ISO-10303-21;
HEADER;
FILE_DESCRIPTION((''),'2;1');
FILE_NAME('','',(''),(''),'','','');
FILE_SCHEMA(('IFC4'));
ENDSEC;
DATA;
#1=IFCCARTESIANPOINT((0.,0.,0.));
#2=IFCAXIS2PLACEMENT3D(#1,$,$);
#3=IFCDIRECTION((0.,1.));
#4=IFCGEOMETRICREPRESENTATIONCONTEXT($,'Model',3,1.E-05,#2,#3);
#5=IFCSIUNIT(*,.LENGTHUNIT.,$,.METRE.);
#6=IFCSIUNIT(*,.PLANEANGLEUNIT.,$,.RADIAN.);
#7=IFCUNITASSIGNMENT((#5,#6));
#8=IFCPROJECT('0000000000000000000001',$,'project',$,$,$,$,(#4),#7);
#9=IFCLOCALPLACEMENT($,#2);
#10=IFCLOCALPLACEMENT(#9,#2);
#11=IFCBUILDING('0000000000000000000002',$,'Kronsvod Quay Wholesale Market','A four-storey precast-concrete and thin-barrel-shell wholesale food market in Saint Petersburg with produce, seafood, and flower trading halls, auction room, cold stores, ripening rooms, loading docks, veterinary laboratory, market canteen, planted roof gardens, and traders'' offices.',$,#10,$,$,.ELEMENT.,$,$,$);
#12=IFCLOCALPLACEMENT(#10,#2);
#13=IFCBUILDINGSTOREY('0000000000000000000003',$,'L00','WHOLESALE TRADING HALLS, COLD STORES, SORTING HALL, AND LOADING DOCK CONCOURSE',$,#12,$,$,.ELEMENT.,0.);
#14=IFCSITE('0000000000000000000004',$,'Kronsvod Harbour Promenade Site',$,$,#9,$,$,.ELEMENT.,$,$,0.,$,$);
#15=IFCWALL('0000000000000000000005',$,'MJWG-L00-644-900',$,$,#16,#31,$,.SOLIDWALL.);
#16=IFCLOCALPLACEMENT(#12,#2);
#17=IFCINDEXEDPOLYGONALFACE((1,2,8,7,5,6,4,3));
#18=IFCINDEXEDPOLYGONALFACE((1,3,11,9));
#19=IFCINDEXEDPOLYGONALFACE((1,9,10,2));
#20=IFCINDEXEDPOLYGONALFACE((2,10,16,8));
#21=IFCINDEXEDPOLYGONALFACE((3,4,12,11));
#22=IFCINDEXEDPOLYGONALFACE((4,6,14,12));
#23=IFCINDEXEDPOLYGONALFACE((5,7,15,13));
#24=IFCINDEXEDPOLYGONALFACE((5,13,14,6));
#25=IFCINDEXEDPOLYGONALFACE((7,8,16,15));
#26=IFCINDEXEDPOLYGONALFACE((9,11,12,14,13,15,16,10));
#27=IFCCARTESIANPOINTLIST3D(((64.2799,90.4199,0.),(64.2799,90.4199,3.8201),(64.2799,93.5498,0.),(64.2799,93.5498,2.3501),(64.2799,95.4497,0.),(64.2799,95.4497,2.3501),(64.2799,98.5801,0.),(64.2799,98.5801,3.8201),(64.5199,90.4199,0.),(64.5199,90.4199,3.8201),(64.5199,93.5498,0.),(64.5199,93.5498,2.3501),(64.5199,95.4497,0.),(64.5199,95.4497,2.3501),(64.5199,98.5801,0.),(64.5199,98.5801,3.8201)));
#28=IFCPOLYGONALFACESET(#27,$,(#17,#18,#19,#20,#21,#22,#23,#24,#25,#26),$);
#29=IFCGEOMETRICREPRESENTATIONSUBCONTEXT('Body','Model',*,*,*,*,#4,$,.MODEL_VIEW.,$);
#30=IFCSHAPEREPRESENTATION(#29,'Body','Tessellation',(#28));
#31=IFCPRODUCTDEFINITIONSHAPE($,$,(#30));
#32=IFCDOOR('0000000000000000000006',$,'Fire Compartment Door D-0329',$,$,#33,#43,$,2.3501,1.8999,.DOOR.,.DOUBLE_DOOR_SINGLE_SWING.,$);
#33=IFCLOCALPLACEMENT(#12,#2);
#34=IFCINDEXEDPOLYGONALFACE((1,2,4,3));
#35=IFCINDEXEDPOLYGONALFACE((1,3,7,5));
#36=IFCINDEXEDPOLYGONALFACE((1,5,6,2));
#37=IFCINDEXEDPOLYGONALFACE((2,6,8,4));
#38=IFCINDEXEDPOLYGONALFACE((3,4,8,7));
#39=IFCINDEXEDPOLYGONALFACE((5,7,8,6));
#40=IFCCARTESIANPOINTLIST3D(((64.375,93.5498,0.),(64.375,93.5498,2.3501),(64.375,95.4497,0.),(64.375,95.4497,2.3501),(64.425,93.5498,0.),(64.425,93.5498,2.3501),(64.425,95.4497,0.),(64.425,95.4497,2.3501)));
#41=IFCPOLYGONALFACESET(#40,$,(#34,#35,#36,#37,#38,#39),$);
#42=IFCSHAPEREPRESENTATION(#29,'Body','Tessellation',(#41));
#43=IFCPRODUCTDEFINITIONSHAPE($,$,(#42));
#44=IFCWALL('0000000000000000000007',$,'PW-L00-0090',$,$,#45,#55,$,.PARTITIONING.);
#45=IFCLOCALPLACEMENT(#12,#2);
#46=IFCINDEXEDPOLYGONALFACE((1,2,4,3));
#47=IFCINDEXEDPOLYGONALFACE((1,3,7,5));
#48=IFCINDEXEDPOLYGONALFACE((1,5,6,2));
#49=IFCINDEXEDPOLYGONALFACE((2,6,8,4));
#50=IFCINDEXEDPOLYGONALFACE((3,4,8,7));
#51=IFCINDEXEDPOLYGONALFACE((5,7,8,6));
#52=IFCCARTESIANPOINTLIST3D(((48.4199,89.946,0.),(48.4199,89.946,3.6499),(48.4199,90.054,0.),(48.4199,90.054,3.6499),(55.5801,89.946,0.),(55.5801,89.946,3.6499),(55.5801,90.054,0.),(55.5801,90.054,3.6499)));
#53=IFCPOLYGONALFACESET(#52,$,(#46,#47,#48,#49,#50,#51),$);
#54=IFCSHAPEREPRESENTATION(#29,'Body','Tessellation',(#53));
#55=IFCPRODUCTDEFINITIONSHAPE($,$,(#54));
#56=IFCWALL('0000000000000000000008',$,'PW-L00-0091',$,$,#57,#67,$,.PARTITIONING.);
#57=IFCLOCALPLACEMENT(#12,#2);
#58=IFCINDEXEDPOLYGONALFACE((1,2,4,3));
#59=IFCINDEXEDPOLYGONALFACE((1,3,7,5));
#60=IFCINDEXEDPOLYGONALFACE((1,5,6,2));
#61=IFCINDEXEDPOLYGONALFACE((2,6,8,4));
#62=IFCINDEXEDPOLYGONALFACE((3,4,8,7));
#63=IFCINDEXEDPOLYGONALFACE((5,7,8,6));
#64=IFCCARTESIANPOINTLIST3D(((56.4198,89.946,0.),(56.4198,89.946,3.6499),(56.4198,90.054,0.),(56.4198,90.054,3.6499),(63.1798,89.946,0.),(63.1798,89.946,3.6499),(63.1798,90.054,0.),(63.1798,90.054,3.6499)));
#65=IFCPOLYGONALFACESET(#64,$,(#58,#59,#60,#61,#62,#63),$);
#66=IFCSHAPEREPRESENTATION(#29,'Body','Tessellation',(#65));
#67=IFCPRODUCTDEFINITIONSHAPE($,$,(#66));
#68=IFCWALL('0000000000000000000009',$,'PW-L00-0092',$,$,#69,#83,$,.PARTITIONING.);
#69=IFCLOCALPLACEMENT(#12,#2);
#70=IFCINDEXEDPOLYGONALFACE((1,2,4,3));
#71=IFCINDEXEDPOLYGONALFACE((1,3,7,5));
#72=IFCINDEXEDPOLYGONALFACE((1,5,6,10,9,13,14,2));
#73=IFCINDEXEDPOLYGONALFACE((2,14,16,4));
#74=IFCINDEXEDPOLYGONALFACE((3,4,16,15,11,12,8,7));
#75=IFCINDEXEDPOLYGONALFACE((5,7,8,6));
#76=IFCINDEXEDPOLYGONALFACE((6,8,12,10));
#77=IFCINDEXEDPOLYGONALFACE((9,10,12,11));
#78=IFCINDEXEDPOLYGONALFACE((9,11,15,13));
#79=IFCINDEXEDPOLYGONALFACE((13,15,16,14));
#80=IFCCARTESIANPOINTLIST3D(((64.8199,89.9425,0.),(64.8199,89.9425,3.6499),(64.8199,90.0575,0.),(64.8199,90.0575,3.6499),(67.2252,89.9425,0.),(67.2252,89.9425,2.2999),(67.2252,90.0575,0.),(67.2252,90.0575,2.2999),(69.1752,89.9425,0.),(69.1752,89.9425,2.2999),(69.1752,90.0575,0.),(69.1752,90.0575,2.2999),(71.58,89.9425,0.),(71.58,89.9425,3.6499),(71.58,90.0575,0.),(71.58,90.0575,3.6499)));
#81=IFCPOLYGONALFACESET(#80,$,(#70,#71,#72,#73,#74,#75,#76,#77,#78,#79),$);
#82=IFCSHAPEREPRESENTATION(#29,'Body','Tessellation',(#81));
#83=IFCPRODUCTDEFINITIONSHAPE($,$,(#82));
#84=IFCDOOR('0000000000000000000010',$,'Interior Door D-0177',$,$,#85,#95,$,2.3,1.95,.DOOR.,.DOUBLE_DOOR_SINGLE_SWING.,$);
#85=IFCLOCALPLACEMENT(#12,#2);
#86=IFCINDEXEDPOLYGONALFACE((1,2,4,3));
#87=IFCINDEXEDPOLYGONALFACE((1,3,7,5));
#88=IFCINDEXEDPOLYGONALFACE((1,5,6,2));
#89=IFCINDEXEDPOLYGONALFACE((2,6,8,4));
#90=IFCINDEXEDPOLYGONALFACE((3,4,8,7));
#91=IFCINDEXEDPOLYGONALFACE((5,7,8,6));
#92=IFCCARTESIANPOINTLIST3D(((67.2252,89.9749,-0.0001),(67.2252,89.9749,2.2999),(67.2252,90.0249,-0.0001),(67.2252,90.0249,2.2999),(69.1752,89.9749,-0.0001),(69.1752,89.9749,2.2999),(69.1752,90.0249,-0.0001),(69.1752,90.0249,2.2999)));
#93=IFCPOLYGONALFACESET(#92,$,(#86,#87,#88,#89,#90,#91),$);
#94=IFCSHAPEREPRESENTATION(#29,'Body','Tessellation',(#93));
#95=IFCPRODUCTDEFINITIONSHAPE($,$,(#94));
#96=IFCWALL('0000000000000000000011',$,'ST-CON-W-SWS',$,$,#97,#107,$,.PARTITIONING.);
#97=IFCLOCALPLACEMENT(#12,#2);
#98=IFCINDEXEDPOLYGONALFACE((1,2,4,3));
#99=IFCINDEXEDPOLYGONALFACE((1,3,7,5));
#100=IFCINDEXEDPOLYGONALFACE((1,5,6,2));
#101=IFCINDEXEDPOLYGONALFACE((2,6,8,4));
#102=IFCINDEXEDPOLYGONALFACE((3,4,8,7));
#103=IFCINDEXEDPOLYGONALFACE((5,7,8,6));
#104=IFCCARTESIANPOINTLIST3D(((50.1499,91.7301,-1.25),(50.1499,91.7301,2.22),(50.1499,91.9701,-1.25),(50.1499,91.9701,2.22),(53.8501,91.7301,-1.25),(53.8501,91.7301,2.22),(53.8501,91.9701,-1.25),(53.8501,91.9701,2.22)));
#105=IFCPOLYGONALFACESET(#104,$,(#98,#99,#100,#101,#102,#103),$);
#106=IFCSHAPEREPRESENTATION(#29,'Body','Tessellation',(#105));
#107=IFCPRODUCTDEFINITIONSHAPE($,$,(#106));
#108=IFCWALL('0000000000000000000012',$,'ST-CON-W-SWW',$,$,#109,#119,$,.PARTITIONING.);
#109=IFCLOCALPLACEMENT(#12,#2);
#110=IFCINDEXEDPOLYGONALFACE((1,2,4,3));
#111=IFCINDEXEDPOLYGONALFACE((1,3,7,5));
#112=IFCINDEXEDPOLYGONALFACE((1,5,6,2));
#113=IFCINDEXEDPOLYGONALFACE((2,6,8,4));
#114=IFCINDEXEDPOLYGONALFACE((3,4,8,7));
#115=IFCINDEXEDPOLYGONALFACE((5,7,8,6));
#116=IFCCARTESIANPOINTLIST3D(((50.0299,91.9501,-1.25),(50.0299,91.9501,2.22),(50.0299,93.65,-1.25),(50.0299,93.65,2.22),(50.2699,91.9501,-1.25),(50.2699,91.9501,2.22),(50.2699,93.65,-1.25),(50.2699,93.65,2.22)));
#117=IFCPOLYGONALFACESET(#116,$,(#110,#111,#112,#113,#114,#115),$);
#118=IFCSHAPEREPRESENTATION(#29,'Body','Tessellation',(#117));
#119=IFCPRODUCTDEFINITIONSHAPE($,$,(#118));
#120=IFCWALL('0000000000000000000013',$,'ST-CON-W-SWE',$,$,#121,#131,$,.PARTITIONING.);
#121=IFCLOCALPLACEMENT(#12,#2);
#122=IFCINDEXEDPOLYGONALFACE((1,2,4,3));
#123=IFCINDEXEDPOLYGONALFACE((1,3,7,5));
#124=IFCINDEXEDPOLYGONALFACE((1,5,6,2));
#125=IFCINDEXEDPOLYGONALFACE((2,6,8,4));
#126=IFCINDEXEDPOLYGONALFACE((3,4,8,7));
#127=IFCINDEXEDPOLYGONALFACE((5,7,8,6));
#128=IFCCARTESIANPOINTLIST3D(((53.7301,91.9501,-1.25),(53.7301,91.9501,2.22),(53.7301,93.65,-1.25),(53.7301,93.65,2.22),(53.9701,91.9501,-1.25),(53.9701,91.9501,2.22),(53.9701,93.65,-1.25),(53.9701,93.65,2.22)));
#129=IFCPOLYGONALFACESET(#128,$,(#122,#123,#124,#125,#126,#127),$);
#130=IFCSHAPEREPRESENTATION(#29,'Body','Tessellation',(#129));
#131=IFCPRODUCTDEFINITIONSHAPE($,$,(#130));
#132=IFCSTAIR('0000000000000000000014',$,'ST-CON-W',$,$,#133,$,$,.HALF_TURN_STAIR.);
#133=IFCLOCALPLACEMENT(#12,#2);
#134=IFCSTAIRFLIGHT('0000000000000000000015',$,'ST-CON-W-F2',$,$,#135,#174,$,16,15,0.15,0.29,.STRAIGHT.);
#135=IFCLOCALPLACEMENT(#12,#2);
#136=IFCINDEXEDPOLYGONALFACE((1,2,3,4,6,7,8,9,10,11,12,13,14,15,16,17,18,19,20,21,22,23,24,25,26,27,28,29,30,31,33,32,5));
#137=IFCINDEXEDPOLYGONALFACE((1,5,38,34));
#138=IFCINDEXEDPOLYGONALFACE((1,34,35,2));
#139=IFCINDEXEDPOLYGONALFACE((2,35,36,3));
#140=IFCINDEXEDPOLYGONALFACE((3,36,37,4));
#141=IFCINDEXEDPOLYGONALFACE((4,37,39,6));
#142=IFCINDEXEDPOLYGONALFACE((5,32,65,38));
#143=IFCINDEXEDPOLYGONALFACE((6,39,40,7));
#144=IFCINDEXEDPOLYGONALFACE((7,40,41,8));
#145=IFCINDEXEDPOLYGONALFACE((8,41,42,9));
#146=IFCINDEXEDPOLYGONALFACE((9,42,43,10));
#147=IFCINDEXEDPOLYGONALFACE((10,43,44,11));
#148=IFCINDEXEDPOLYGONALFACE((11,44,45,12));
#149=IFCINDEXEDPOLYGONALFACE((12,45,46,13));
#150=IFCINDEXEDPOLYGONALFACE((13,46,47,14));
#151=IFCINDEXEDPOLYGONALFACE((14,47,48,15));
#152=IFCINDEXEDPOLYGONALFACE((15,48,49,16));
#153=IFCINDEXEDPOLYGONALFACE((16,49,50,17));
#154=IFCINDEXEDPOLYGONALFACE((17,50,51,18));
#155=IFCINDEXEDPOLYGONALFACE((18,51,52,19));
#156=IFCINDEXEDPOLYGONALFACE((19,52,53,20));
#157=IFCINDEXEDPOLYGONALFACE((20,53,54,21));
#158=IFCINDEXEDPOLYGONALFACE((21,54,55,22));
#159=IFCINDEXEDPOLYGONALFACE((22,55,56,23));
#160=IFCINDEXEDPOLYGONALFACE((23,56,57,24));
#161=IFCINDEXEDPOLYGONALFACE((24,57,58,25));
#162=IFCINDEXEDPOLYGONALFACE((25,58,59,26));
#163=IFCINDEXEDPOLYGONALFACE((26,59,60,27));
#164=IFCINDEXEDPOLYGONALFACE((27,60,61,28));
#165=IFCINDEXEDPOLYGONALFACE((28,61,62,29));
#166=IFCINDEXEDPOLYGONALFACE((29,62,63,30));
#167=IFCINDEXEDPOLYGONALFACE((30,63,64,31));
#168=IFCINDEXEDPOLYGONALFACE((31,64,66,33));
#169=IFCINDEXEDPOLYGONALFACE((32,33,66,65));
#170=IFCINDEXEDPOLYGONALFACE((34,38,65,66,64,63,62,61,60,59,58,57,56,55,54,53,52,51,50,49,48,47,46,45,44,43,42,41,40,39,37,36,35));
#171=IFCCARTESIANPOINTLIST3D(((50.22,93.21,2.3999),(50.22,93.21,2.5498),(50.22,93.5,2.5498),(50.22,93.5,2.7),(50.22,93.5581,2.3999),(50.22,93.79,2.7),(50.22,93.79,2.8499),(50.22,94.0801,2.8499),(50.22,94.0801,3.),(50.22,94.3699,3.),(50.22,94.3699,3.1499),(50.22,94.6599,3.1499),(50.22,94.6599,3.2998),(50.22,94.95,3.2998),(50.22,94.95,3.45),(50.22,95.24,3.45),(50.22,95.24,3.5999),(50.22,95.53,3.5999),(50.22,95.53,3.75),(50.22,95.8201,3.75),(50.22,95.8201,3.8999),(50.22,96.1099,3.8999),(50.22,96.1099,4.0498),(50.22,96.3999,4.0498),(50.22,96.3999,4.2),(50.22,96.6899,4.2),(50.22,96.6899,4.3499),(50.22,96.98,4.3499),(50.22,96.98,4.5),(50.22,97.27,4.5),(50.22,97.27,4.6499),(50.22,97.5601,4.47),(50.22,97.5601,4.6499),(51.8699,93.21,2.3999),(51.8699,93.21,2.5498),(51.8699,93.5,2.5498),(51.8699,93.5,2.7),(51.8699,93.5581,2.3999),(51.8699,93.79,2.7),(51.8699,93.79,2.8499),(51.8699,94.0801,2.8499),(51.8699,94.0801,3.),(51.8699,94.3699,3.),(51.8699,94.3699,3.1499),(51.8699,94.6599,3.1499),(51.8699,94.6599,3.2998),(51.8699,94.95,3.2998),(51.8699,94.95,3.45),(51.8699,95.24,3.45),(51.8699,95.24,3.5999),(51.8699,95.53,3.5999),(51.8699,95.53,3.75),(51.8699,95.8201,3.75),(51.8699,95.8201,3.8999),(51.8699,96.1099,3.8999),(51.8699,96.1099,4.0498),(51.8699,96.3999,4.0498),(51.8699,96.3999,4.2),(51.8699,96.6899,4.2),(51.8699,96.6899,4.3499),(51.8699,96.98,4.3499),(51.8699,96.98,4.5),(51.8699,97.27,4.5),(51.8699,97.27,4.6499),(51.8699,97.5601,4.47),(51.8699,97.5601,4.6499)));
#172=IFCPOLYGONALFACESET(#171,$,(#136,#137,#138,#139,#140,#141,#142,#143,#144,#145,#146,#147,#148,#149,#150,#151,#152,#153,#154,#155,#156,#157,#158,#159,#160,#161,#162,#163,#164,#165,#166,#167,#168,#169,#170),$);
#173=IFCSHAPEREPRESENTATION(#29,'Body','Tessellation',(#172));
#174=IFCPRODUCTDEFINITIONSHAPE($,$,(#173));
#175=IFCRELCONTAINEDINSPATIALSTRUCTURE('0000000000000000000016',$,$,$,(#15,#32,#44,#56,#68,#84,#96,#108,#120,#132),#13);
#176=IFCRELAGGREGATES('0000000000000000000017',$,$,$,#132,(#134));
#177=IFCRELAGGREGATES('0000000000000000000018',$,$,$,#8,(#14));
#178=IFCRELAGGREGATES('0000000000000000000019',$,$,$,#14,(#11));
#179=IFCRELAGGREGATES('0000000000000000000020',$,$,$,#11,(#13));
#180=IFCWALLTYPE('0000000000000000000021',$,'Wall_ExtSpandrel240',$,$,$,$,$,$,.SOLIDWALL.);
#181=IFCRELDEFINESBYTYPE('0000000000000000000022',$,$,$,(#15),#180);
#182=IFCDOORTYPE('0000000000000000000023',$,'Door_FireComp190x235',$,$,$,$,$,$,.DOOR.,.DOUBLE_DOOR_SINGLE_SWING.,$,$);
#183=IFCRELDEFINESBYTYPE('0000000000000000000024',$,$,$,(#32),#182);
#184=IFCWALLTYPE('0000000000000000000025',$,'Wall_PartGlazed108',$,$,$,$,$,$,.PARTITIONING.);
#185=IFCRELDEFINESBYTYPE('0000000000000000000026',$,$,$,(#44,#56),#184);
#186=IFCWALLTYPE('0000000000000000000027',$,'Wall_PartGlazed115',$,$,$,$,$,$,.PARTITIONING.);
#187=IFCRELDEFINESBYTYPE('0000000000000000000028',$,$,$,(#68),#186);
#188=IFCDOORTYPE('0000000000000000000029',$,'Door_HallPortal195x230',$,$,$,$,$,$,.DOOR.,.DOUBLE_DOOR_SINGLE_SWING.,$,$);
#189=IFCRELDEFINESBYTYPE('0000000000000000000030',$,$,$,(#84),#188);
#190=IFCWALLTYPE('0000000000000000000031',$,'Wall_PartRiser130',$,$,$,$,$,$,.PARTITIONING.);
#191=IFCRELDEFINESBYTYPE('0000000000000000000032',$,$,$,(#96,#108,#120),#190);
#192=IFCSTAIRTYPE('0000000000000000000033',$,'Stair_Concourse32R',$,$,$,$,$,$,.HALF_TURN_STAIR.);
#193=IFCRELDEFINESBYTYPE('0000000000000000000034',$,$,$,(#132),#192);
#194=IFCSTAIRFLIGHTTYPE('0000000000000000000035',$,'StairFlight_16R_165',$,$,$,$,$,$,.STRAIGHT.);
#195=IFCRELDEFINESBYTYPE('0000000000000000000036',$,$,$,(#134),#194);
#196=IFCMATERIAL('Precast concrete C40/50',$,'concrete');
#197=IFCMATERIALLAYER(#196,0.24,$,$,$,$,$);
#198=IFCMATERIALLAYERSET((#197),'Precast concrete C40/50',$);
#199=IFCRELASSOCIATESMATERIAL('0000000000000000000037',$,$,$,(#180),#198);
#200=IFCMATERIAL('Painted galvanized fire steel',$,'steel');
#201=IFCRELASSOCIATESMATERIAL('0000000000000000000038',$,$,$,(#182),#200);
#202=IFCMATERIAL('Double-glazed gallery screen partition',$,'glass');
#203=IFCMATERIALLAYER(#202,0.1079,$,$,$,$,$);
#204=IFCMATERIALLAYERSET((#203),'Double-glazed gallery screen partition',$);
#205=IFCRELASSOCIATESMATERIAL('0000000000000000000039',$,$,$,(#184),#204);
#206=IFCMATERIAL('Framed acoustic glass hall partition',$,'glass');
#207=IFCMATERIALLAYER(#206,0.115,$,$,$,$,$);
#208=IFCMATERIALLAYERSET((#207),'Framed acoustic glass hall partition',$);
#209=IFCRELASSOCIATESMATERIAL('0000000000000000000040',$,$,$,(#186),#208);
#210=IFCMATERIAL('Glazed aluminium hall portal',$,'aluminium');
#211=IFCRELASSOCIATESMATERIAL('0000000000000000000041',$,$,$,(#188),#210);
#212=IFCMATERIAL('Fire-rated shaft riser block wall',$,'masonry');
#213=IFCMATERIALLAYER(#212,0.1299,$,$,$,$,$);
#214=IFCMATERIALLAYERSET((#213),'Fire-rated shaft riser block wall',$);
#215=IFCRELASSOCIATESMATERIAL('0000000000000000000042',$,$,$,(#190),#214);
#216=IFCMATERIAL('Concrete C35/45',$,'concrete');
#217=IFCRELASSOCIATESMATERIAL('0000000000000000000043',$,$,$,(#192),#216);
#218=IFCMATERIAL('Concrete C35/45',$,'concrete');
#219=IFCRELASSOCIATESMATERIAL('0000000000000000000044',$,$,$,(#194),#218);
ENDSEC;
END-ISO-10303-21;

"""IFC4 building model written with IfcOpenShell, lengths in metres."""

from ifc_helpers import new_model, si_unit, direction, frame, frame_2d, origin, place, context, subcontext, project, spatial, polyline, rectangle, outline, extrude, material, layer, layer_set, type_object, element, fill, aggregate, save


model = new_model("IFC4")

# Units and contexts
model_context = context("Model", 3, precision=1e-05, world=origin(), true_north=direction((0.0, 1.0)))
body_context = subcontext(model_context, "Body", "Model", "MODEL_VIEW")
ifc_project = project(units=[si_unit("LENGTHUNIT", "METRE"), si_unit("PLANEANGLEUNIT", "RADIAN")], contexts=[model_context])

# Site, building, storey
site_placement = place(None, origin())
site = spatial("IfcSite", under=ifc_project, at=site_placement, Name="Kronsvod Harbour Promenade Site", CompositionType="ELEMENT", RefElevation=0.0)
building_placement = place(site_placement, origin())
building = spatial("IfcBuilding", under=site, at=building_placement, Name="Kronsvod Quay Wholesale Market", Description="A four-storey precast-concrete and thin-barrel-shell wholesale food market in Saint Petersburg with produce, seafood, and flower trading halls, auction room, cold stores, ripening rooms, loading docks, veterinary laboratory, market canteen, planted roof gardens, and traders' offices.", CompositionType="ELEMENT")
storey_placement = place(building_placement, origin())
storey = spatial("IfcBuildingStorey", under=building, at=storey_placement, Name="L00", Description="WHOLESALE TRADING HALLS, COLD STORES, SORTING HALL, AND LOADING DOCK CONCOURSE", CompositionType="ELEMENT", Elevation=0.0)

# Wall, opening, door
ifc_material_1 = material(Name="Precast concrete C40/50", Category="concrete")
ifc_layer_1 = layer(ifc_material_1, 0.24)
ifc_layer_set_1 = layer_set([ifc_layer_1], Name="Precast concrete C40/50")
wall_type_1 = type_object("IfcWallType", Name="Wall_ExtSpandrel240", PredefinedType="SOLIDWALL", material=ifc_layer_set_1)
wall_1_placement = place(storey_placement, frame((64.3999, 90.4199, 0.0), z_axis=(0.0, 0.0, 1.0), x_axis=(0.0, 1.0, 0.0)))
wall_1 = element("IfcWall", 1, at=wall_1_placement, inside=storey, type_object=wall_type_1, Name="MJWG-L00-644-900", PredefinedType="SOLIDWALL", context=body_context, shape_type="SweptSolid", body=[
    extrude(rectangle(XDim=8.1602, YDim=0.24, at=frame_2d((4.0801, 0.0))), origin(), (0.0, 0.0, 1.0), 3.8201),
])
opening_1_placement = place(wall_1_placement, frame((3.1299, 0.0, 0.0)))
opening_1 = element("IfcOpeningElement", 2, at=opening_1_placement, cuts=wall_1, PredefinedType="OPENING", context=body_context, shape_type="SweptSolid", body=[
    extrude(rectangle(XDim=1.8999, YDim=2.3501, at=frame_2d((0.95, 1.175))), frame((0.0, 0.1299, 0.0), z_axis=(0.0, -1.0, 0.0), x_axis=(1.0, 0.0, 0.0)), (0.0, 0.0, 1.0), 0.26),
])
ifc_material_2 = material(Name="Painted galvanized fire steel", Category="steel")
door_type_1 = type_object("IfcDoorType", Name="Door_FireComp190x235", OperationType="DOUBLE_DOOR_SINGLE_SWING", PredefinedType="DOOR", material=ifc_material_2)
door_1_placement = place(opening_1_placement, origin())
door_1 = element("IfcDoor", 3, at=door_1_placement, inside=storey, type_object=door_type_1, Name="Fire Compartment Door D-0329", OperationType="DOUBLE_DOOR_SINGLE_SWING", OverallHeight=2.3501, OverallWidth=1.8999, PredefinedType="DOOR", context=body_context, shape_type="SweptSolid", body=[
    extrude(rectangle(XDim=1.8999, YDim=2.3501, at=frame_2d((0.95, 1.175))), frame((0.0, 0.0249, 0.0), z_axis=(0.0, -1.0, 0.0), x_axis=(1.0, 0.0, 0.0)), (0.0, 0.0, 1.0), 0.05),
])
fill(opening_1, door_1)

# Walls
ifc_material_3 = material(Name="Double-glazed gallery screen partition", Category="glass")
ifc_layer_2 = layer(ifc_material_3, 0.1079)
ifc_layer_set_2 = layer_set([ifc_layer_2], Name="Double-glazed gallery screen partition")
wall_type_2 = type_object("IfcWallType", Name="Wall_PartGlazed108", PredefinedType="PARTITIONING", material=ifc_layer_set_2)
wall_2_placement = place(storey_placement, frame((48.4199, 90.0, 0.0), z_axis=(0.0, 0.0, 1.0), x_axis=(1.0, 0.0, 0.0)))
element("IfcWall", 4, at=wall_2_placement, inside=storey, type_object=wall_type_2, Name="PW-L00-0090", PredefinedType="PARTITIONING", context=body_context, shape_type="SweptSolid", body=[
    extrude(rectangle(XDim=7.1602, YDim=0.1079, at=frame_2d((3.5801, 0.0))), origin(), (0.0, 0.0, 1.0), 3.6499),
])
wall_3_placement = place(storey_placement, frame((56.4199, 90.0, 0.0), z_axis=(0.0, 0.0, 1.0), x_axis=(1.0, 0.0, 0.0)))
element("IfcWall", 5, at=wall_3_placement, inside=storey, type_object=wall_type_2, Name="PW-L00-0091", PredefinedType="PARTITIONING", context=body_context, shape_type="SweptSolid", body=[
    extrude(rectangle(XDim=6.76, YDim=0.1079, at=frame_2d((3.3799, 0.0))), origin(), (0.0, 0.0, 1.0), 3.6499),
])

# Wall, opening, door
ifc_material_4 = material(Name="Framed acoustic glass hall partition", Category="glass")
ifc_layer_3 = layer(ifc_material_4, 0.115)
ifc_layer_set_3 = layer_set([ifc_layer_3], Name="Framed acoustic glass hall partition")
wall_type_3 = type_object("IfcWallType", Name="Wall_PartGlazed115", PredefinedType="PARTITIONING", material=ifc_layer_set_3)
wall_4_placement = place(storey_placement, frame((64.8201, 90.0, 0.0), z_axis=(0.0, 0.0, 1.0), x_axis=(1.0, 0.0, 0.0)))
wall_4 = element("IfcWall", 6, at=wall_4_placement, inside=storey, type_object=wall_type_3, Name="PW-L00-0092", PredefinedType="PARTITIONING", context=body_context, shape_type="SweptSolid", body=[
    extrude(rectangle(XDim=6.76, YDim=0.115, at=frame_2d((3.3799, 0.0))), origin(), (0.0, 0.0, 1.0), 3.6499),
])
opening_2_placement = place(wall_4_placement, frame((2.405, 0.0, 0.0)))
opening_2 = element("IfcOpeningElement", 7, at=opening_2_placement, cuts=wall_4, PredefinedType="OPENING", context=body_context, shape_type="SweptSolid", body=[
    extrude(rectangle(XDim=1.95, YDim=2.3, at=frame_2d((0.9751, 1.1499))), frame((0.0, 0.0674, 0.0), z_axis=(0.0, -1.0, 0.0), x_axis=(1.0, 0.0, 0.0)), (0.0, 0.0, 1.0), 0.135),
])
ifc_material_5 = material(Name="Glazed aluminium hall portal", Category="aluminium")
door_type_2 = type_object("IfcDoorType", Name="Door_HallPortal195x230", OperationType="DOUBLE_DOOR_SINGLE_SWING", PredefinedType="DOOR", material=ifc_material_5)
door_2_placement = place(opening_2_placement, origin())
door_2 = element("IfcDoor", 8, at=door_2_placement, inside=storey, type_object=door_type_2, Name="Interior Door D-0177", OperationType="DOUBLE_DOOR_SINGLE_SWING", OverallHeight=2.3, OverallWidth=1.95, PredefinedType="DOOR", context=body_context, shape_type="SweptSolid", body=[
    extrude(rectangle(XDim=1.95, YDim=2.3, at=frame_2d((0.9751, 1.1499))), frame((0.0, 0.0249, 0.0), z_axis=(0.0, -1.0, 0.0), x_axis=(1.0, 0.0, 0.0)), (0.0, 0.0, 1.0), 0.05),
])
fill(opening_2, door_2)

# Walls
ifc_material_6 = material(Name="Fire-rated shaft riser block wall", Category="masonry")
ifc_layer_4 = layer(ifc_material_6, 0.1299)
ifc_layer_set_4 = layer_set([ifc_layer_4], Name="Fire-rated shaft riser block wall")
wall_type_4 = type_object("IfcWallType", Name="Wall_PartRiser130", PredefinedType="PARTITIONING", material=ifc_layer_set_4)
wall_5_placement = place(storey_placement, frame((50.1499, 91.8501, -1.25), z_axis=(0.0, 0.0, 1.0), x_axis=(1.0, 0.0, 0.0)))
element("IfcWall", 9, at=wall_5_placement, inside=storey, type_object=wall_type_4, Name="ST-CON-W-SWS", PredefinedType="PARTITIONING", context=body_context, shape_type="SweptSolid", body=[
    extrude(rectangle(XDim=3.7002, YDim=0.24, at=frame_2d((1.8501, 0.0))), origin(), (0.0, 0.0, 1.0), 3.47),
])
for number, where, z_axis, x_axis, name in (
    (10, (50.1499, 91.95, -1.25), (0.0, 0.0, 1.0), (0.0, 1.0, 0.0), "ST-CON-W-SWW"),
    (11, (53.8501, 91.95, -1.25), (0.0, 0.0, 1.0), (0.0, 1.0, 0.0), "ST-CON-W-SWE"),
):
    element("IfcWall", number, at=place(storey_placement, frame(where, z_axis=z_axis, x_axis=x_axis)), inside=storey, type_object=wall_type_4, Name=name, PredefinedType="PARTITIONING", context=body_context, shape_type="SweptSolid", body=[
        extrude(rectangle(XDim=1.7, YDim=0.24, at=frame_2d((0.8501, 0.0))), origin(), (0.0, 0.0, 1.0), 3.47),
    ])

# Stair, stair flight
ifc_material_7 = material(Name="Concrete C35/45", Category="concrete")
stair_type = type_object("IfcStairType", Name="Stair_Concourse32R", PredefinedType="HALF_TURN_STAIR", material=ifc_material_7)
stair_placement = place(storey_placement, origin())
stair = element("IfcStair", 12, at=stair_placement, inside=storey, type_object=stair_type, Name="ST-CON-W", PredefinedType="HALF_TURN_STAIR")
ifc_material_8 = material(Name="Concrete C35/45", Category="concrete")
stair_flight_type = type_object("IfcStairFlightType", Name="StairFlight_16R_165", PredefinedType="STRAIGHT", material=ifc_material_8)
stair_flight_placement = place(storey_placement, frame((51.0449, 93.21, 2.3999), z_axis=(0.0, 0.0, 1.0), x_axis=(0.0, 1.0, 0.0)))
stair_flight = element("IfcStairFlight", 13, at=stair_flight_placement, type_object=stair_flight_type, Name="ST-CON-W-F2", NumberOfRisers=16, NumberOfTreads=15, PredefinedType="STRAIGHT", RiserHeight=0.15, TreadLength=0.29, context=body_context, shape_type="SweptSolid", body=[
    extrude(outline(polyline([(0.0, 0.0), (0.0, 0.1499), (0.29, 0.1499), (0.29, 0.3), (0.5801, 0.3), (0.5801, 0.45), (0.8701, 0.45), (0.8701, 0.6001), (1.1599, 0.6001), (1.1599, 0.75), (1.45, 0.75), (1.45, 0.8999), (1.74, 0.8999), (1.74, 1.05), (2.03, 1.05), (2.03, 1.2), (2.3201, 1.2), (2.3201, 1.3501), (2.6101, 1.3501), (2.6101, 1.5), (2.8999, 1.5), (2.8999, 1.6499), (3.1899, 1.6499), (3.1899, 1.8), (3.48, 1.8), (3.48, 1.95), (3.77, 1.95), (3.77, 2.1001), (4.0601, 2.1001), (4.0601, 2.25), (4.3501, 2.25), (4.3501, 2.3999), (4.3501, 2.0701), (0.3481, 0.0), (0.0, 0.0)])), frame((0.0, 0.825, 0.0), z_axis=(0.0, -1.0, 0.0), x_axis=(1.0, 0.0, 0.0)), (0.0, 0.0, 1.0), 1.6499),
])
aggregate(stair, [stair_flight])

save(model, "model.ifc")
